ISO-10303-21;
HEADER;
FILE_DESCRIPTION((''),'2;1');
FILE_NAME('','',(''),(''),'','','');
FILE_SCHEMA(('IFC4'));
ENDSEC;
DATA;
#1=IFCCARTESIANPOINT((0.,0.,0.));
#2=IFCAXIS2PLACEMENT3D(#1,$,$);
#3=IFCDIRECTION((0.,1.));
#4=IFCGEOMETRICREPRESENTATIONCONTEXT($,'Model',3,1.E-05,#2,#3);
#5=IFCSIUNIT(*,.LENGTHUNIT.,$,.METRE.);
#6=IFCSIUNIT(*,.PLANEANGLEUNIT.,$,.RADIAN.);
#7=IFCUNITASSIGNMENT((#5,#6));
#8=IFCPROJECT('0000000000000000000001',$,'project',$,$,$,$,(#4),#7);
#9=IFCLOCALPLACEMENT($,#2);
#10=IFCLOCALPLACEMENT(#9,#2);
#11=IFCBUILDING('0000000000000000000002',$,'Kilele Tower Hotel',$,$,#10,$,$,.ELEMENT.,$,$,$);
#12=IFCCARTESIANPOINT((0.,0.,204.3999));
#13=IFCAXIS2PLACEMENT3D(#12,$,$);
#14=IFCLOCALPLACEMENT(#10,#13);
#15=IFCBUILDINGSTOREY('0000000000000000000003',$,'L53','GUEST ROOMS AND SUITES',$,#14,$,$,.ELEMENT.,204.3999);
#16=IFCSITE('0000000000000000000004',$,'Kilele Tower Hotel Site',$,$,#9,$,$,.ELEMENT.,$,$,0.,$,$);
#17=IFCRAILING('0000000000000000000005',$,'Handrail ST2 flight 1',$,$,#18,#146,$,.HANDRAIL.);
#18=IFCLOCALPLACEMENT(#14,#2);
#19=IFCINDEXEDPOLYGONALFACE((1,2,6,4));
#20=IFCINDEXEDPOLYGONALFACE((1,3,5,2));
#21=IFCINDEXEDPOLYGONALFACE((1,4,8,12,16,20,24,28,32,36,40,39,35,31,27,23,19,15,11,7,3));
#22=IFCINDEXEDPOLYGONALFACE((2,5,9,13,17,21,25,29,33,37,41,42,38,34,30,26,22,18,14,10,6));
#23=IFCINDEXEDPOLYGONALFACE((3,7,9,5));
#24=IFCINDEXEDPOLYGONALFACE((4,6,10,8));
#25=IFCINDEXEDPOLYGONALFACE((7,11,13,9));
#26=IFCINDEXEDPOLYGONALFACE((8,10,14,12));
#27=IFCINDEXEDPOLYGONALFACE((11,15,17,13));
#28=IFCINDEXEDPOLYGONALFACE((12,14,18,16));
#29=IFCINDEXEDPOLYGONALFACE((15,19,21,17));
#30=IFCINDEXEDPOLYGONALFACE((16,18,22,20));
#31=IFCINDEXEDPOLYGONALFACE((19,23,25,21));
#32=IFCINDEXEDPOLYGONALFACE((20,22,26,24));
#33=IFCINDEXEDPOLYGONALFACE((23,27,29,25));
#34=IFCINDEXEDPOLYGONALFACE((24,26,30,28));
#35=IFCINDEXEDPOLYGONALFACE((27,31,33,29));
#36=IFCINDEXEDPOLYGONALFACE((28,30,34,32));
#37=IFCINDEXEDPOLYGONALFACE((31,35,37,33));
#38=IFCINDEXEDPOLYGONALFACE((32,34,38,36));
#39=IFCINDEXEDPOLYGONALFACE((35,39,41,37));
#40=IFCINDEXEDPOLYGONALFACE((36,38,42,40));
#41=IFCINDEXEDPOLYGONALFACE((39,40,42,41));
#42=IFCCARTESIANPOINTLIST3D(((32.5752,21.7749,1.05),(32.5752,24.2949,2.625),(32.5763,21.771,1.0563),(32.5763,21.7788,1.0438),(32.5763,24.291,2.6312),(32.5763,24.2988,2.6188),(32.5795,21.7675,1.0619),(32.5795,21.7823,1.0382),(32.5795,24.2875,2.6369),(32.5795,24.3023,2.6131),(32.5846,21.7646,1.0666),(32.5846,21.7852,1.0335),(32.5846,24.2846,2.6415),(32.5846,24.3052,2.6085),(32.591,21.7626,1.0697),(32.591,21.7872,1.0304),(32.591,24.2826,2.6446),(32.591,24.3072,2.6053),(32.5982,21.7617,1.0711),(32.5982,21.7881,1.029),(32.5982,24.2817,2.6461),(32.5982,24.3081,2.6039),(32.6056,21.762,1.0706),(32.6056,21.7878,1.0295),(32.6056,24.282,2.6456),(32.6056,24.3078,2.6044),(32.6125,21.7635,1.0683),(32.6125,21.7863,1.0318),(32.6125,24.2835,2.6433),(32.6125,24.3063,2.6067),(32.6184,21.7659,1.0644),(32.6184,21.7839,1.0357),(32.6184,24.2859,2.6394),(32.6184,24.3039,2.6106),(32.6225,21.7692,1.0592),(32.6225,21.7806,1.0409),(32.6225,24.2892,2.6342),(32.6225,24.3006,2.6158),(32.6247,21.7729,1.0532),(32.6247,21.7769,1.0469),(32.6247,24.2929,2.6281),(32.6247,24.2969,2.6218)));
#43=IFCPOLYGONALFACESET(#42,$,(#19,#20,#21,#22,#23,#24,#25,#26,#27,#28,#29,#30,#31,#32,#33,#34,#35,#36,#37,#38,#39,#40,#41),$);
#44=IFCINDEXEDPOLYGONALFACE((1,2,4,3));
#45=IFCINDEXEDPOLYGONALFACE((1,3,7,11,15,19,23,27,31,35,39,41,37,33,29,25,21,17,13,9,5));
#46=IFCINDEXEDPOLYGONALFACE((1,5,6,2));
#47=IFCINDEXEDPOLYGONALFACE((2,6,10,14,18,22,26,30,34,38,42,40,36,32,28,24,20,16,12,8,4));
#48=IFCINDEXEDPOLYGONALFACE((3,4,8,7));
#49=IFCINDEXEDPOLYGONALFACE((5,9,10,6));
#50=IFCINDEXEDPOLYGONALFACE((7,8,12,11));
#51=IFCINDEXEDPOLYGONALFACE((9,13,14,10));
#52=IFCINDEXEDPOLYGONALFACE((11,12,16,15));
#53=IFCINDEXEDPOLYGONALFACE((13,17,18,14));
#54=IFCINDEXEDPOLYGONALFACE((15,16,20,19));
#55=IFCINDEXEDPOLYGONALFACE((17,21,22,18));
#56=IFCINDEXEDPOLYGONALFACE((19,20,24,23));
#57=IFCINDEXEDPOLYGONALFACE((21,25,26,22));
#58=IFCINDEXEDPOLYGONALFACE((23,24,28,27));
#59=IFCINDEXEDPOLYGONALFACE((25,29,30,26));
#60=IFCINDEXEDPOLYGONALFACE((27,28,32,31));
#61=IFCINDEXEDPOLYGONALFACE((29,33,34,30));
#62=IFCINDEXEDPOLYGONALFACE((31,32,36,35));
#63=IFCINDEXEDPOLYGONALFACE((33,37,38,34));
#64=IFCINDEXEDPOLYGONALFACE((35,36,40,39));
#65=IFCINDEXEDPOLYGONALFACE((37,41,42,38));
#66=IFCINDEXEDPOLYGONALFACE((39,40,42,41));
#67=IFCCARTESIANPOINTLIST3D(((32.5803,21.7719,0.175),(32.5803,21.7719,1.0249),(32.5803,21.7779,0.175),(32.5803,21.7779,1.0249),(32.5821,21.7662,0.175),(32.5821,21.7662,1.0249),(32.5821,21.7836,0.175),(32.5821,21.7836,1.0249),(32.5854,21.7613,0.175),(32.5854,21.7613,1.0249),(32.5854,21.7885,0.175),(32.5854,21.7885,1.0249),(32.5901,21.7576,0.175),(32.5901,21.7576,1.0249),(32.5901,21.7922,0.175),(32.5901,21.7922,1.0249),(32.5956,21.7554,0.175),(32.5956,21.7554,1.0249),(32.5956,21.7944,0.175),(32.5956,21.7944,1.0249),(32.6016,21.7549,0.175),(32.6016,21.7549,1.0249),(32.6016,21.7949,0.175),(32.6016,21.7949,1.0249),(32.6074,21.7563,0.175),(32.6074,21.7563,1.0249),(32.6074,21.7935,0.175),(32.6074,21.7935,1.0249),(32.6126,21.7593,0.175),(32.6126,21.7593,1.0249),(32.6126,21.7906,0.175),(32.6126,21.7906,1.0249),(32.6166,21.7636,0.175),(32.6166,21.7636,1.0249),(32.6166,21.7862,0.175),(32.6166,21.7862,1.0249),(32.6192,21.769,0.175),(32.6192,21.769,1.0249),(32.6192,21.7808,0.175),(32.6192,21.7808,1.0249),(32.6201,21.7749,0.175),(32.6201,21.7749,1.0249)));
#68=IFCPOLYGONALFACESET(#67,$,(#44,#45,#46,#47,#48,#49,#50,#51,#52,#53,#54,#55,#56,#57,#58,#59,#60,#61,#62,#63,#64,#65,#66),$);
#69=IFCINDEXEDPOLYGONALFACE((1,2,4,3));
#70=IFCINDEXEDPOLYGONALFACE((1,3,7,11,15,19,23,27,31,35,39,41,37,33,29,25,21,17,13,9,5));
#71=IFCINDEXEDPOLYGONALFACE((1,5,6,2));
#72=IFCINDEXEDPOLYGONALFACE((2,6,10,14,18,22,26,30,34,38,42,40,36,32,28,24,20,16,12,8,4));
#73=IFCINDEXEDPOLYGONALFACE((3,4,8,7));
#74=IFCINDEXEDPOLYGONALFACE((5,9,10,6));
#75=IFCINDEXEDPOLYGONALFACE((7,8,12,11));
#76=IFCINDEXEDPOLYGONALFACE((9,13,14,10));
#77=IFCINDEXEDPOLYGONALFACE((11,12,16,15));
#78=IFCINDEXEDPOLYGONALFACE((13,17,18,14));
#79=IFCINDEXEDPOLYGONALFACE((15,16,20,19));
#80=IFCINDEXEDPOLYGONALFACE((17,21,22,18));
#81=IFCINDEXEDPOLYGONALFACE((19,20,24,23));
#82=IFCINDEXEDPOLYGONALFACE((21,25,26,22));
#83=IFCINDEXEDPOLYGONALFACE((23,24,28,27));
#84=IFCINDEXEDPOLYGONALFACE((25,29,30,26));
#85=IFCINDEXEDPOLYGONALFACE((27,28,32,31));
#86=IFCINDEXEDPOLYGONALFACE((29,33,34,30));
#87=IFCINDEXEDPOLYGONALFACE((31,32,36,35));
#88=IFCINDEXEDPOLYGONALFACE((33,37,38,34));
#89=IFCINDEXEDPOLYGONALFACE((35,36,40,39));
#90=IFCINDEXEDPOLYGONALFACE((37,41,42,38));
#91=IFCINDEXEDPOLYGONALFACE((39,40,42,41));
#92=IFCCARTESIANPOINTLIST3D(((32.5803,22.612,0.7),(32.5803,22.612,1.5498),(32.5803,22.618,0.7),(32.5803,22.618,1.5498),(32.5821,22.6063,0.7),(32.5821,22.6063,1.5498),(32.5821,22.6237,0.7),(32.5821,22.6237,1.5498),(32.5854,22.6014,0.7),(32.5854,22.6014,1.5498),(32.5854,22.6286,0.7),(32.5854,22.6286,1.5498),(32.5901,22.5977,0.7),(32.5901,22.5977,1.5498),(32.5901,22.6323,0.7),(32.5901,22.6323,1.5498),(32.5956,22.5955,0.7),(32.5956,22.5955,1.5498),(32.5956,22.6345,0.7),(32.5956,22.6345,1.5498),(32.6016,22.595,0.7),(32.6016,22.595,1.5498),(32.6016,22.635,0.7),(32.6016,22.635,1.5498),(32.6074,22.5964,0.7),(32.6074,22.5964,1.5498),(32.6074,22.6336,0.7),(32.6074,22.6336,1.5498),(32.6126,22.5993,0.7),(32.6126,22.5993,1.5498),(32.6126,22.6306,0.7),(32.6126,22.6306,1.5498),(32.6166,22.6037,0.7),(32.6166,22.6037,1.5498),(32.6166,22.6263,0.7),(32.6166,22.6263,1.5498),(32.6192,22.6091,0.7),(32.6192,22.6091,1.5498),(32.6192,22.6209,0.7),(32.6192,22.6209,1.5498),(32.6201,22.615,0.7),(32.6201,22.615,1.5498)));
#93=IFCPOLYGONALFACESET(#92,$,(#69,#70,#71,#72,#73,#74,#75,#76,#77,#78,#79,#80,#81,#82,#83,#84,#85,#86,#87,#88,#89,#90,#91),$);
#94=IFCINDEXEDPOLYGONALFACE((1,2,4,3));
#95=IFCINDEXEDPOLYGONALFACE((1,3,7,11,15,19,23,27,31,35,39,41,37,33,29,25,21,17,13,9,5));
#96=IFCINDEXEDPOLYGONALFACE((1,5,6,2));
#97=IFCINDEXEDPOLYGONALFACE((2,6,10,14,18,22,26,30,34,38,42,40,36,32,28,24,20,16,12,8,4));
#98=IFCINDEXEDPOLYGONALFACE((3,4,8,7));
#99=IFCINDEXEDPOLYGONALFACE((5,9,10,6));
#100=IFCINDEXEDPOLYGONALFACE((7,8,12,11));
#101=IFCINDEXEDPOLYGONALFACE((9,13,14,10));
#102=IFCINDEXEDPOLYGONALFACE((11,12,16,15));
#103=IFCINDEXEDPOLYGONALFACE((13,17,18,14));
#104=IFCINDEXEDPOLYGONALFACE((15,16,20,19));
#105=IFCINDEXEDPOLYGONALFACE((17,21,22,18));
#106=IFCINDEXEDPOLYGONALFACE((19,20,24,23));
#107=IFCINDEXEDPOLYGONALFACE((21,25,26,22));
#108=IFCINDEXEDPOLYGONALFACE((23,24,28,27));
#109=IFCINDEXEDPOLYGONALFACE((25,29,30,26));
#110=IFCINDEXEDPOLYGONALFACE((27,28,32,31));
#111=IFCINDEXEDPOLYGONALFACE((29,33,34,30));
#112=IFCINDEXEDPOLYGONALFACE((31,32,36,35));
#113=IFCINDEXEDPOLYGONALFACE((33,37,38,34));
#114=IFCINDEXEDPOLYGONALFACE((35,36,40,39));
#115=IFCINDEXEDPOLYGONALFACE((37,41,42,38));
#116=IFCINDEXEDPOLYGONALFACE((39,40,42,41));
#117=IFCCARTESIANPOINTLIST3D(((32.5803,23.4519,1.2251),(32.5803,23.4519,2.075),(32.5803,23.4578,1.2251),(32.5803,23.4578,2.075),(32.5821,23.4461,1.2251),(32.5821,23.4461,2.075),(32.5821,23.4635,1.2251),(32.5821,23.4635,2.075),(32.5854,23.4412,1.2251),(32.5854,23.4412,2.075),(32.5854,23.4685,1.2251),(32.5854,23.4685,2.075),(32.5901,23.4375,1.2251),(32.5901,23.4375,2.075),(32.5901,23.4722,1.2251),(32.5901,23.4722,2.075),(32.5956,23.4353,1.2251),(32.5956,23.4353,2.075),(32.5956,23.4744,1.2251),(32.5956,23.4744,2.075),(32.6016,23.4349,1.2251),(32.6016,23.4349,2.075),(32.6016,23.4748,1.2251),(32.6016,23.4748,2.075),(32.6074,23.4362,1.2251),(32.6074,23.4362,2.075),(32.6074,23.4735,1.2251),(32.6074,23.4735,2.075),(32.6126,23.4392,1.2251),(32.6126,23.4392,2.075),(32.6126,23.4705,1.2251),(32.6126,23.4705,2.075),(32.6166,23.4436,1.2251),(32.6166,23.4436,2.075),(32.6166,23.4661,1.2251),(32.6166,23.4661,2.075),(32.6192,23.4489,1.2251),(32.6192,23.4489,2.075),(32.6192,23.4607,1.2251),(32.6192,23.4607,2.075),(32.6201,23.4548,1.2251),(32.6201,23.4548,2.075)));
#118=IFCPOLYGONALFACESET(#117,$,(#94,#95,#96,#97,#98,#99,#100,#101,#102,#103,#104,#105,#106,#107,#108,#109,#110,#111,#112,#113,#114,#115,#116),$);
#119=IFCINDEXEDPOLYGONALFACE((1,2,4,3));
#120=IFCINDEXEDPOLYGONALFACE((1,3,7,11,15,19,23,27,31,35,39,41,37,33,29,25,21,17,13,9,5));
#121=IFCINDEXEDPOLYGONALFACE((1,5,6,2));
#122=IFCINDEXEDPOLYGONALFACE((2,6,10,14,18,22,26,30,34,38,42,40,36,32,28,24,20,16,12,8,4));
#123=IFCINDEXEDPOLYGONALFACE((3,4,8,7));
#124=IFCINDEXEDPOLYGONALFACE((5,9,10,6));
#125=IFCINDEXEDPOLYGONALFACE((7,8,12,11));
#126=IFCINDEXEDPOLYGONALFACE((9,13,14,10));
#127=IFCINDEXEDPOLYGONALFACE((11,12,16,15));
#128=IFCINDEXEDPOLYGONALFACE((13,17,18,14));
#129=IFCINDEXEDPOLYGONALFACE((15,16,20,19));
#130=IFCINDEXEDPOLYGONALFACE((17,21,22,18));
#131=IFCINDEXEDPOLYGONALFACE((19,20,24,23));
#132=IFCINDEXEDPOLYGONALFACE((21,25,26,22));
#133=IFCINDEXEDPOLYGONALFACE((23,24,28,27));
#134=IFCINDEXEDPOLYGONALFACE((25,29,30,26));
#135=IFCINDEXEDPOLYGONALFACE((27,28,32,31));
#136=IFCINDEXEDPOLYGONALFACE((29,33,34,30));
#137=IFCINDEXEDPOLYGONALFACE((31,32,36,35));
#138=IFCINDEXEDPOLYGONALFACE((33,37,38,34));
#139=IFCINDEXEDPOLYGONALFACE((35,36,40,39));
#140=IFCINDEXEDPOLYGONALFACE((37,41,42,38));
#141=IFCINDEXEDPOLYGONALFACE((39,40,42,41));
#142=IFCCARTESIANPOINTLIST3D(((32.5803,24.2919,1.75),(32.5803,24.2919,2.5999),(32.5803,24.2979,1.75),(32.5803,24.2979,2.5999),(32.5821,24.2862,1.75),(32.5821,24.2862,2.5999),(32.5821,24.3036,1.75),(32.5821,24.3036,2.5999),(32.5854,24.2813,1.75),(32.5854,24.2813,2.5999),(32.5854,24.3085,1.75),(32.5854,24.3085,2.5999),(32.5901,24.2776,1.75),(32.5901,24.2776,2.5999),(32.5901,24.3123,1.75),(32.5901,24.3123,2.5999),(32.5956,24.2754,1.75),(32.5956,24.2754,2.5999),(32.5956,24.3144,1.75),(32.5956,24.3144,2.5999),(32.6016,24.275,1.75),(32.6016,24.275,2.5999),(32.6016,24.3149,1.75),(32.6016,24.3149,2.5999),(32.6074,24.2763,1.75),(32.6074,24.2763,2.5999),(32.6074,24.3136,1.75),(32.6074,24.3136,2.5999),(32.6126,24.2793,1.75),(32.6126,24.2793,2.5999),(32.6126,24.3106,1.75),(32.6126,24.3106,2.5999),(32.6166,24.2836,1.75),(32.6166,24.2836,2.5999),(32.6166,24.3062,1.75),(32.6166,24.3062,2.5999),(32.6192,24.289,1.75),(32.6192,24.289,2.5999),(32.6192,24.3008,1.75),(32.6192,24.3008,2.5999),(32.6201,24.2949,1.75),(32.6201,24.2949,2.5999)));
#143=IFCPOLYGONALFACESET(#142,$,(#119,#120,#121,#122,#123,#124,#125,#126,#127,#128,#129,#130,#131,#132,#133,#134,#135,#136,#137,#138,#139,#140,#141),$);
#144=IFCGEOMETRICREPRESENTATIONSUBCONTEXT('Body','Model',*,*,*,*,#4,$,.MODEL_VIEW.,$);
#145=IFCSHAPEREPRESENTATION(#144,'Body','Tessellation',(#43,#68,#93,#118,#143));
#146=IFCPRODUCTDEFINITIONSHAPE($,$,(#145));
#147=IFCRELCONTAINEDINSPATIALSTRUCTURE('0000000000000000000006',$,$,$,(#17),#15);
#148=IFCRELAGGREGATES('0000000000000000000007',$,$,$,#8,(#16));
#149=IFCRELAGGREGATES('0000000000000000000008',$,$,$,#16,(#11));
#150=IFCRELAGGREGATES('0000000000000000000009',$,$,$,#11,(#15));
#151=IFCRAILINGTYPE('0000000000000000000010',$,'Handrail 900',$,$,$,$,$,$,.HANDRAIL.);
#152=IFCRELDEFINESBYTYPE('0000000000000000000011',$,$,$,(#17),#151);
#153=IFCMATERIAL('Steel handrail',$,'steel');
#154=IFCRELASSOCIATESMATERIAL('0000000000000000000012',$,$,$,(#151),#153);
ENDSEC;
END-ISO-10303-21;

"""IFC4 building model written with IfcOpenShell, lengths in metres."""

from ifc_helpers import new_model, si_unit, direction, frame, origin, origin_2d, place, context, subcontext, project, spatial, circle, extrude, material, type_object, element, save


model = new_model("IFC4")

# Units and contexts
model_context = context("Model", 3, precision=1e-05, world=origin(), true_north=direction((0.0, 1.0)))
body_context = subcontext(model_context, "Body", "Model", "MODEL_VIEW")
ifc_project = project(units=[si_unit("LENGTHUNIT", "METRE"), si_unit("PLANEANGLEUNIT", "RADIAN")], contexts=[model_context])

# Site, building, storey
site_placement = place(None, origin())
site = spatial("IfcSite", under=ifc_project, at=site_placement, Name="Kilele Tower Hotel Site", CompositionType="ELEMENT", RefElevation=0.0)
building_placement = place(site_placement, origin())
building = spatial("IfcBuilding", under=site, at=building_placement, Name="Kilele Tower Hotel", CompositionType="ELEMENT")
storey_placement = place(building_placement, frame((0.0, 0.0, 204.3999)))
storey = spatial("IfcBuildingStorey", under=building, at=storey_placement, Name="L53", Description="GUEST ROOMS AND SUITES", CompositionType="ELEMENT", Elevation=204.3999)

# Railing
ifc_material_1 = material(Name="Steel handrail", Category="steel")
railing_type_1 = type_object("IfcRailingType", Name="Handrail 900", PredefinedType="HANDRAIL", material=ifc_material_1)
for number, where, name in (
    (1, (32.6001, 21.7749, 0.175), "Handrail ST2 flight 1"),
):
    element("IfcRailing", number, at=place(storey_placement, frame(where)), inside=storey, type_object=railing_type_1, Name=name, PredefinedType="HANDRAIL", context=body_context, shape_type="SweptSolid", body=[
        extrude(circle(Radius=0.0249, at=origin_2d()), frame((0.0, 0.0, 0.875), z_axis=(0.0, 0.848008, 0.529984), x_axis=(-1.0, 0.0, 0.0)), (0.0, 0.0, 1.0), 2.9717),
        extrude(circle(Radius=0.02, at=origin_2d()), origin(), (0.0, 0.0, 1.0), 0.8499),
        extrude(circle(Radius=0.02, at=origin_2d()), frame((0.0, 0.8401, 0.5249)), (0.0, 0.0, 1.0), 0.8499),
        extrude(circle(Radius=0.02, at=origin_2d()), frame((0.0, 1.6799, 1.05)), (0.0, 0.0, 1.0), 0.8499),
        extrude(circle(Radius=0.02, at=origin_2d()), frame((0.0, 2.52, 1.575)), (0.0, 0.0, 1.0), 0.8499),
    ])

save(model, "model.ifc")
